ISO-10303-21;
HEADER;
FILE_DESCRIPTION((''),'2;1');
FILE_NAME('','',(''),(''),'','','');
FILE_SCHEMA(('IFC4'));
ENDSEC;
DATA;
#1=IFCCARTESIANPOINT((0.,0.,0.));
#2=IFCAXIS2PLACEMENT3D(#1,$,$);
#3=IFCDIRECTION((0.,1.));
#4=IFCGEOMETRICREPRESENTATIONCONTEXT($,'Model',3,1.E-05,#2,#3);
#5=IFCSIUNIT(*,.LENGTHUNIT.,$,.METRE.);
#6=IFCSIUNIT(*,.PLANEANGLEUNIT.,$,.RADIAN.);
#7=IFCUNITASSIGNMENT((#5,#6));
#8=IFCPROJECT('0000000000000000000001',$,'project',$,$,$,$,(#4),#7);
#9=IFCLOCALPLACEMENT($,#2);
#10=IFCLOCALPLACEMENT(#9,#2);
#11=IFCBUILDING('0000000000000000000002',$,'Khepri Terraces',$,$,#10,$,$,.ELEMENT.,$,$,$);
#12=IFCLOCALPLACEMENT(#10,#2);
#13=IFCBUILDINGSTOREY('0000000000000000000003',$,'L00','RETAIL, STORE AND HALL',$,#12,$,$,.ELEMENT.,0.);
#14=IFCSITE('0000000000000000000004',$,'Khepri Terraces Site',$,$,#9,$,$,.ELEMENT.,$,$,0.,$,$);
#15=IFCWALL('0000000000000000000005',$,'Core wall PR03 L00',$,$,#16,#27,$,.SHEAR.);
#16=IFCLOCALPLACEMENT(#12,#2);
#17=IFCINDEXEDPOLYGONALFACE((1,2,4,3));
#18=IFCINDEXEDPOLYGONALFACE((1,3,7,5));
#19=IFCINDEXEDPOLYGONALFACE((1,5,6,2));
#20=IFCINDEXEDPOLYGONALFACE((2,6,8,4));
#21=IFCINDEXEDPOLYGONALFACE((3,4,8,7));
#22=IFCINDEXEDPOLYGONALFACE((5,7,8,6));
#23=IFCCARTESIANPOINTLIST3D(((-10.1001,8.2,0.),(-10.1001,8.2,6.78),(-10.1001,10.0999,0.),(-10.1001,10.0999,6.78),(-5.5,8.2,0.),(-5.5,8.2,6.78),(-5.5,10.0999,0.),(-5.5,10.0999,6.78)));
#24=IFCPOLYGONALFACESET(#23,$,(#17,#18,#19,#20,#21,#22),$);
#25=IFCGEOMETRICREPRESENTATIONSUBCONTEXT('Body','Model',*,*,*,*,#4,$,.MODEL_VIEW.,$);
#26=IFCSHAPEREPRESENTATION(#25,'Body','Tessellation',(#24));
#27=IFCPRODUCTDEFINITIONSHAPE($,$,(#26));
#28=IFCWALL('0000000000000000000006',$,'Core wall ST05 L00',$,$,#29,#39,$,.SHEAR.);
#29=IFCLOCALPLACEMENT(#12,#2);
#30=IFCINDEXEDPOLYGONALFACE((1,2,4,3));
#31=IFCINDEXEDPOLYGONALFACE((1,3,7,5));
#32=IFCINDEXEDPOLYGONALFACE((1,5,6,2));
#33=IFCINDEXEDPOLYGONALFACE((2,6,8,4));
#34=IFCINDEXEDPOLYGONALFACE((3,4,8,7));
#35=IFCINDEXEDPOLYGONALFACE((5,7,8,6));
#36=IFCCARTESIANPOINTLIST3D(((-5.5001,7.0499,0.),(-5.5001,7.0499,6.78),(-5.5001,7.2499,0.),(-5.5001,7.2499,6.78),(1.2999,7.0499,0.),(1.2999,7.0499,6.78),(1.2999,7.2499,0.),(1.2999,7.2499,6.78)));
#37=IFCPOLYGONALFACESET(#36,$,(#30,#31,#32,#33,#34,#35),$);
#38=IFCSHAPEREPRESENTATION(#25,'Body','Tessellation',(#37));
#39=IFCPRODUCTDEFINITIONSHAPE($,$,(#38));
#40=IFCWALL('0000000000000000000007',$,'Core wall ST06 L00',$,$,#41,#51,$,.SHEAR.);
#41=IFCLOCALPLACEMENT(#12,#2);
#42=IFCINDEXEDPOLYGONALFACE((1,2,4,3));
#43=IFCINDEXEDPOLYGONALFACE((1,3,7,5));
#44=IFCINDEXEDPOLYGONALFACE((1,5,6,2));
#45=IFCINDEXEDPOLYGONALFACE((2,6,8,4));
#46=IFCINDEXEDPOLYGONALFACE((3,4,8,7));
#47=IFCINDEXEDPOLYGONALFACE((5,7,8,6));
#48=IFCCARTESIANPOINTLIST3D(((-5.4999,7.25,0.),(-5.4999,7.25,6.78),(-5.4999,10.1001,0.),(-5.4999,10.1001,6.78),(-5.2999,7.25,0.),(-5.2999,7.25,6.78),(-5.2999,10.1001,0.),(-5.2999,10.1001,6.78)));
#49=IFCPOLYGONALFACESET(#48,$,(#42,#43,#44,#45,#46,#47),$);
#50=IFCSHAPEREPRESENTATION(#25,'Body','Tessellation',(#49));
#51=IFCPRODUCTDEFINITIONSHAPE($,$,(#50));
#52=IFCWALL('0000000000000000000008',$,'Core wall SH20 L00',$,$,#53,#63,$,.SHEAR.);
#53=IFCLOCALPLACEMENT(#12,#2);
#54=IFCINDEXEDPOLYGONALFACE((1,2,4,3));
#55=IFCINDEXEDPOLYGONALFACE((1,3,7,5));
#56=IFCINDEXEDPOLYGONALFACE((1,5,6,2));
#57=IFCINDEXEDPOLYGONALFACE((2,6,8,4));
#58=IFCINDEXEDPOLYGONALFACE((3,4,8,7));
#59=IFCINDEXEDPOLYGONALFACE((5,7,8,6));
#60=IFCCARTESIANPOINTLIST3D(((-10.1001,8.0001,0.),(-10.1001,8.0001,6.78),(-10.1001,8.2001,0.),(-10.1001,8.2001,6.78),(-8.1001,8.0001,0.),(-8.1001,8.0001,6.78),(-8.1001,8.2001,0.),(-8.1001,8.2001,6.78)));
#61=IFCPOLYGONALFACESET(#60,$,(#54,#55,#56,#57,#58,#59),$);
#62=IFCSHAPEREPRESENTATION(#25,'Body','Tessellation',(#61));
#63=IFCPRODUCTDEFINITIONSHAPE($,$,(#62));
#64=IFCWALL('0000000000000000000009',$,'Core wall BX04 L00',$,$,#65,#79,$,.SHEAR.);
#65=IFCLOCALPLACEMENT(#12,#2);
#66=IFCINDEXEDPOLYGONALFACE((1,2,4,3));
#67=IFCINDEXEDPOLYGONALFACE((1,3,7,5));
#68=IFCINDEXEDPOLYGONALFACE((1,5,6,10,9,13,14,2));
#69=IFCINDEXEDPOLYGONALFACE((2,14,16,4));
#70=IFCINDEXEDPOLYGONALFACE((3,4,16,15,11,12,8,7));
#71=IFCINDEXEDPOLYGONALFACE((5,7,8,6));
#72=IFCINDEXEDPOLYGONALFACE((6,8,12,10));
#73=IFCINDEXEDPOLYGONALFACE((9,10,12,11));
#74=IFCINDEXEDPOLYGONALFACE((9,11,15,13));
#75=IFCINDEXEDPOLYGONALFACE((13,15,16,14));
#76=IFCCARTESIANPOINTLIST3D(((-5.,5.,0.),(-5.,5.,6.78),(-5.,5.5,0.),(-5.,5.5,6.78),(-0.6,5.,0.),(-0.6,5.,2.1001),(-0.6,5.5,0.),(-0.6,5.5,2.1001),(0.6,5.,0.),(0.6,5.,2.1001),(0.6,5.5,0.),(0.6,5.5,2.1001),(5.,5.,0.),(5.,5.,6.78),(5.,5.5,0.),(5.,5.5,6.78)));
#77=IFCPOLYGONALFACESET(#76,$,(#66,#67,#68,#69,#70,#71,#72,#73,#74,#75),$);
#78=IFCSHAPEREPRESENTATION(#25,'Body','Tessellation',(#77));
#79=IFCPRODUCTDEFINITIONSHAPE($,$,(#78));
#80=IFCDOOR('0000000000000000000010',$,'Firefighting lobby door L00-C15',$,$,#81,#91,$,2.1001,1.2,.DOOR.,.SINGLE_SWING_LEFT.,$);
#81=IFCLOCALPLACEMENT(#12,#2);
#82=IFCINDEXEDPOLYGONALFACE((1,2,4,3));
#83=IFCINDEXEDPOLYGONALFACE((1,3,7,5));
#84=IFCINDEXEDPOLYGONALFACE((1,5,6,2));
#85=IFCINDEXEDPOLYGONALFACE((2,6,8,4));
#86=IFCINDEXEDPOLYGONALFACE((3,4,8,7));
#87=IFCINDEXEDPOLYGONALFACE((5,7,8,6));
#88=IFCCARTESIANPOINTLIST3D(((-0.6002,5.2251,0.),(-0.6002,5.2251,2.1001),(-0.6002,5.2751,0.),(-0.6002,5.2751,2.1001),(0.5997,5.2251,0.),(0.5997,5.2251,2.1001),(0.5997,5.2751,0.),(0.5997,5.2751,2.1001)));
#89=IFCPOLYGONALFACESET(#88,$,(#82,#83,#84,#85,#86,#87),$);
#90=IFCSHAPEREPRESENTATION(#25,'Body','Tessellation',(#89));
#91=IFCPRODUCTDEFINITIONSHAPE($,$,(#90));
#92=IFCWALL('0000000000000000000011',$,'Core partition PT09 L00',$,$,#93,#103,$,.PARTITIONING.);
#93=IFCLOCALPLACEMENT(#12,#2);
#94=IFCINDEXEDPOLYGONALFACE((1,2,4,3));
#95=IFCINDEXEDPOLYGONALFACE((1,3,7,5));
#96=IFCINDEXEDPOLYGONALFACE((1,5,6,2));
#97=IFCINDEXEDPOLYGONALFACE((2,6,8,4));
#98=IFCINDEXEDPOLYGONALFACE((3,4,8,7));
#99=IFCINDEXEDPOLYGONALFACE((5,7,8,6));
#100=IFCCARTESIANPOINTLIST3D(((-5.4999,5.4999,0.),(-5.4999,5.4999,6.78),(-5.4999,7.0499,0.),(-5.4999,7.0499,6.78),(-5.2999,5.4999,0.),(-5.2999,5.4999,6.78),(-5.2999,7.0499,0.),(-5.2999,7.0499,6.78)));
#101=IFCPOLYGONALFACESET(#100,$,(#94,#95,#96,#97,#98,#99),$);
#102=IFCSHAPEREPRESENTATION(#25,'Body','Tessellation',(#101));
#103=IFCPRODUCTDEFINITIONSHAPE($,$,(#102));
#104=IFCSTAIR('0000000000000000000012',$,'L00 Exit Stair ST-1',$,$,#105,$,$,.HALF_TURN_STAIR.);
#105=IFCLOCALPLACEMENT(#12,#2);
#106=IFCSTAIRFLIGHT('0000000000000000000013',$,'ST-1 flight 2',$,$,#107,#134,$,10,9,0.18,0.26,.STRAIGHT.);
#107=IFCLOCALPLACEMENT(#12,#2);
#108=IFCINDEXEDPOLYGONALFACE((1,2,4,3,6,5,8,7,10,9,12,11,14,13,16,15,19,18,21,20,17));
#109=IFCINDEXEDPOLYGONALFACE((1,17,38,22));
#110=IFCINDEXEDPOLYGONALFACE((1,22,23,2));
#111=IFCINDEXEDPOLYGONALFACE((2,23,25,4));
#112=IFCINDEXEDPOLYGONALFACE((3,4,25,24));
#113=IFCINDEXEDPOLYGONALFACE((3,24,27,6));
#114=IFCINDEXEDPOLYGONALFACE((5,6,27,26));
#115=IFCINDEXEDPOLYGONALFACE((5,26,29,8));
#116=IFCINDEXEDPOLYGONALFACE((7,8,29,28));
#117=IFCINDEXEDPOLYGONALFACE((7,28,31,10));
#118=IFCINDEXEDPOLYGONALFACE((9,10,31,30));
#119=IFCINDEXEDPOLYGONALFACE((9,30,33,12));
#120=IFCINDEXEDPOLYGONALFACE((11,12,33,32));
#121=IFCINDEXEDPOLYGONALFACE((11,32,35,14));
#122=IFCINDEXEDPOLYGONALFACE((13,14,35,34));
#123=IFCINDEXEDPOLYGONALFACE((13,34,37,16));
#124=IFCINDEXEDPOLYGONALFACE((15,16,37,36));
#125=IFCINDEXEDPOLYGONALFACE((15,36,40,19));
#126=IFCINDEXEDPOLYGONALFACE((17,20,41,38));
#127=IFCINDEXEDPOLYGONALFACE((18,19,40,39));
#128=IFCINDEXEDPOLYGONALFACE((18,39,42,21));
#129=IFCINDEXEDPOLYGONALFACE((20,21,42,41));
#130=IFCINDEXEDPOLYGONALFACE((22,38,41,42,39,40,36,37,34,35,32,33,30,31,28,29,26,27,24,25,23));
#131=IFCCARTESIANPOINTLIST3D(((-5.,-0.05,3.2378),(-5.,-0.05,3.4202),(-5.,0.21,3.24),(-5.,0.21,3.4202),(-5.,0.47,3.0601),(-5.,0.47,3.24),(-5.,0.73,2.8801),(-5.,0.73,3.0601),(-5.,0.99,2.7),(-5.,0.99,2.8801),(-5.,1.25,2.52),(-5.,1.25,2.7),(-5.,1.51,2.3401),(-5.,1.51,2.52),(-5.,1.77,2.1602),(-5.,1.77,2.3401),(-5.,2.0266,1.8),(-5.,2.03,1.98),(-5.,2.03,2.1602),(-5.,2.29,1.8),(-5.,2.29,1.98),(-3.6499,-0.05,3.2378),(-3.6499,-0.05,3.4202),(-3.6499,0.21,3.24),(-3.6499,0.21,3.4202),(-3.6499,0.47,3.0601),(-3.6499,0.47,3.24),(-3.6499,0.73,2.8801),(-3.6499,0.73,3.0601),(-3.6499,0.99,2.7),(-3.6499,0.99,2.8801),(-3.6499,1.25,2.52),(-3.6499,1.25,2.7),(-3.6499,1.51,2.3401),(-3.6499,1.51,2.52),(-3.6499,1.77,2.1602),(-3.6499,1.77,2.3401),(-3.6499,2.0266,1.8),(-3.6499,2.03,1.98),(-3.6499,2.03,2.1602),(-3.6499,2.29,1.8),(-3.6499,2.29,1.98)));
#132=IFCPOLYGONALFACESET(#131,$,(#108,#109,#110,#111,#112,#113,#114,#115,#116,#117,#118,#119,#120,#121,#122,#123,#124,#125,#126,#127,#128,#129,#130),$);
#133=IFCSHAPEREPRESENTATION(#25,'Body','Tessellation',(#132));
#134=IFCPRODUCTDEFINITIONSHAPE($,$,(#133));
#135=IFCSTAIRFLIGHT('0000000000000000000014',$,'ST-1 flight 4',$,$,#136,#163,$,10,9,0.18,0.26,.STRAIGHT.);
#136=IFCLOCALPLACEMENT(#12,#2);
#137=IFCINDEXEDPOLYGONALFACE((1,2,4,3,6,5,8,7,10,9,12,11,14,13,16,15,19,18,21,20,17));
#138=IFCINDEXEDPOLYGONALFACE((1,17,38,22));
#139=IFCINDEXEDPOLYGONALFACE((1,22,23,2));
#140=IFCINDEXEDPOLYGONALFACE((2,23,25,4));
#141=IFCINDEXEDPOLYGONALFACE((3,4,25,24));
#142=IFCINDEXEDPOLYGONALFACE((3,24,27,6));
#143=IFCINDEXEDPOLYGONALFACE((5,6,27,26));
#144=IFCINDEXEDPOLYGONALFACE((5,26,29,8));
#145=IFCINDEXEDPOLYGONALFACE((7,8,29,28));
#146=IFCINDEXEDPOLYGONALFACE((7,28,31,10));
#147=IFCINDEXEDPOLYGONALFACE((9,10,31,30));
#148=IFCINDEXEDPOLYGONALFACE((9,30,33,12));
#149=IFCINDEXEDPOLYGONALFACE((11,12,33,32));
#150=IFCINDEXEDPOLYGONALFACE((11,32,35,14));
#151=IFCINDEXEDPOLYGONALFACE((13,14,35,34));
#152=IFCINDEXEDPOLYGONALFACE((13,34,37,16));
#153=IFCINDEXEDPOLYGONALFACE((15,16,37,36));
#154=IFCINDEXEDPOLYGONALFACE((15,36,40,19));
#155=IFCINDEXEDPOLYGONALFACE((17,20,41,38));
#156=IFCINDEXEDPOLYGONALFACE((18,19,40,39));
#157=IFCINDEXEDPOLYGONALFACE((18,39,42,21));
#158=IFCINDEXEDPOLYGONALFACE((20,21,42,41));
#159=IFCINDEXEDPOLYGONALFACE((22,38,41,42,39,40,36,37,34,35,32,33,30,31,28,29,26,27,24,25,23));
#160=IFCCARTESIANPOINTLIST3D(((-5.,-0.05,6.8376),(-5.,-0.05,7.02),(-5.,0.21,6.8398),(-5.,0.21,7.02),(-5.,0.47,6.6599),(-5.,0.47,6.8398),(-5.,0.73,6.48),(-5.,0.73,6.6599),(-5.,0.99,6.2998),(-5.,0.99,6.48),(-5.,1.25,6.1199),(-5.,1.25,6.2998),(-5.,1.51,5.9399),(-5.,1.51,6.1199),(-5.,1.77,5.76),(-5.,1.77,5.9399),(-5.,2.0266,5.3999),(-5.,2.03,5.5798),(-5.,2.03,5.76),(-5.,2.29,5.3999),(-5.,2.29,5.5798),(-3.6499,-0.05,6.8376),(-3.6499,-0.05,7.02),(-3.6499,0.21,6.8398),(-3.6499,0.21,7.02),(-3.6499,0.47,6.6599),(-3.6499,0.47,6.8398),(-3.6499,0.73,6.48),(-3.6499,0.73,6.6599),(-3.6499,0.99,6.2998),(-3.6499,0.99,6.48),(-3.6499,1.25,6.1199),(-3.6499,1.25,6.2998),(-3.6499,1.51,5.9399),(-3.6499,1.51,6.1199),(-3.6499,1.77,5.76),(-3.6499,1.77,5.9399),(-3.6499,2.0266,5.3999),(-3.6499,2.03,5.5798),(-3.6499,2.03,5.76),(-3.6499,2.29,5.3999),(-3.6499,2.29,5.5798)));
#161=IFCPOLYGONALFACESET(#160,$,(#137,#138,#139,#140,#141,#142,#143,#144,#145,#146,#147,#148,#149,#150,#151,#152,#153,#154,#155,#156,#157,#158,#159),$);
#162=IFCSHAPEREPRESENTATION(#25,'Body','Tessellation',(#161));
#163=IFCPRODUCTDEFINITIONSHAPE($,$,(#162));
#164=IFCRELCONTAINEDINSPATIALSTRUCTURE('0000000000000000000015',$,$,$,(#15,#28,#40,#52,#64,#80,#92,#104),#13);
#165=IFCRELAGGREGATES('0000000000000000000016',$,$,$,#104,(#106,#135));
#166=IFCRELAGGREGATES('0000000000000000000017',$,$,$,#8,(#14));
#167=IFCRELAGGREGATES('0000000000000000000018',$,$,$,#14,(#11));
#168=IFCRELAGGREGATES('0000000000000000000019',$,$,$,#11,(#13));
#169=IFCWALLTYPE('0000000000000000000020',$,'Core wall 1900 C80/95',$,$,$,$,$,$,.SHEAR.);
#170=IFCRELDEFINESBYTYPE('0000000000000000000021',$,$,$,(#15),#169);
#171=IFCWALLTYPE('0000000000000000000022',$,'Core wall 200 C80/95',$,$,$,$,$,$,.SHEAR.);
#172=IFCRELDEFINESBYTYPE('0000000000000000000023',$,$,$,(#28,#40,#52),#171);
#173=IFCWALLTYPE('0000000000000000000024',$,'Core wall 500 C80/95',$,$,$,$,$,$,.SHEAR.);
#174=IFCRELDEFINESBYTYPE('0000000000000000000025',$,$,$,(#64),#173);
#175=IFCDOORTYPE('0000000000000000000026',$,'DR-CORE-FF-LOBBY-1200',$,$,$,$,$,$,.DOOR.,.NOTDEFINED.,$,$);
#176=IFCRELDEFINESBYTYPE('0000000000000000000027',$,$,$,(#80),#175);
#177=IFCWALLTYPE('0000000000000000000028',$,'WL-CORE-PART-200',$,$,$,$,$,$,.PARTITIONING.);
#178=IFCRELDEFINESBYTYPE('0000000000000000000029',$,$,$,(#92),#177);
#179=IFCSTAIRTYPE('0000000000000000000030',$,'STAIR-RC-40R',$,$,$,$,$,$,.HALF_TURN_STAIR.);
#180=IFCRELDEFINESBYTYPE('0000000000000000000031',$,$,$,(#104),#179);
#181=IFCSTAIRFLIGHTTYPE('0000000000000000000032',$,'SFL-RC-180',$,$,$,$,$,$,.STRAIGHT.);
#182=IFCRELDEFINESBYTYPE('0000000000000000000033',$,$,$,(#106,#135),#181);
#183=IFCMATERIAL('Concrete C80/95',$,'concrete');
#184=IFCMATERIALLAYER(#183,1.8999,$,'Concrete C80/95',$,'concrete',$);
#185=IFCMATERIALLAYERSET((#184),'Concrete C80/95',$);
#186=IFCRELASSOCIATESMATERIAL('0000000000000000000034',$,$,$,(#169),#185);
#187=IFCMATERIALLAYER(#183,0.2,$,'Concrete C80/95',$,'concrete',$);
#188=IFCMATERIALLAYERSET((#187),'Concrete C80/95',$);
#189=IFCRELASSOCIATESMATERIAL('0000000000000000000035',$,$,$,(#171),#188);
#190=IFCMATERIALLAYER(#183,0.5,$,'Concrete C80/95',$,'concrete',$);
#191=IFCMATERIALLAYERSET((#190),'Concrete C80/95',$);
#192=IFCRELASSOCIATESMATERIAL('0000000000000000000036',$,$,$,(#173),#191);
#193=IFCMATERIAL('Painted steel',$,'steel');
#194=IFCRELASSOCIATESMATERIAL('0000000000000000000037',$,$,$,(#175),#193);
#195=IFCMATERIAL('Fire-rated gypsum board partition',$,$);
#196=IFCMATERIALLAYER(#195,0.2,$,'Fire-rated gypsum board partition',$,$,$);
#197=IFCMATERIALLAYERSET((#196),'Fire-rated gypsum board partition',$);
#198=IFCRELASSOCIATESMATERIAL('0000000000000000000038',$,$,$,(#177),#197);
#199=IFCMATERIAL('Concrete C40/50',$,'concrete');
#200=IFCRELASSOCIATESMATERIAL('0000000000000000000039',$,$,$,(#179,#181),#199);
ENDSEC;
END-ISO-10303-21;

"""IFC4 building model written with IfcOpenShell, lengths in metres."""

from ifc_helpers import new_model, si_unit, direction, frame, frame_2d, origin, place, context, subcontext, project, spatial, polyline, rectangle, outline, extrude, material, layer, layer_set, type_object, element, fill, aggregate, save


model = new_model("IFC4")

# Units and contexts
model_context = context("Model", 3, precision=1e-05, world=origin(), true_north=direction((0.0, 1.0)))
body_context = subcontext(model_context, "Body", "Model", "MODEL_VIEW")
ifc_project = project(units=[si_unit("LENGTHUNIT", "METRE"), si_unit("PLANEANGLEUNIT", "RADIAN")], contexts=[model_context])

# Site, building, storey
site_placement = place(None, origin())
site = spatial("IfcSite", under=ifc_project, at=site_placement, Name="Khepri Terraces Site", CompositionType="ELEMENT", RefElevation=0.0)
building_placement = place(site_placement, origin())
building = spatial("IfcBuilding", under=site, at=building_placement, Name="Khepri Terraces", CompositionType="ELEMENT")
storey_placement = place(building_placement, origin())
storey = spatial("IfcBuildingStorey", under=building, at=storey_placement, Name="L00", Description="RETAIL, STORE AND HALL", CompositionType="ELEMENT", Elevation=0.0)

# Walls
ifc_material_1 = material(Name="Concrete C80/95", Category="concrete")
ifc_layer_1 = layer(ifc_material_1, 1.8999, Name="Concrete C80/95", Category="concrete")
ifc_layer_set_1 = layer_set([ifc_layer_1], Name="Concrete C80/95")
wall_type_1 = type_object("IfcWallType", Name="Core wall 1900 C80/95", PredefinedType="SHEAR", material=ifc_layer_set_1)
wall_1_placement = place(storey_placement, frame((-10.1001, 9.1499, 0.0), z_axis=(0.0, 0.0, 1.0), x_axis=(1.0, 0.0, 0.0)))
element("IfcWall", 1, at=wall_1_placement, inside=storey, type_object=wall_type_1, Name="Core wall PR03 L00", PredefinedType="SHEAR", context=body_context, shape_type="SweptSolid", body=[
    extrude(rectangle(XDim=4.6001, YDim=1.8999, at=frame_2d((2.3, 0.0))), origin(), (0.0, 0.0, 1.0), 6.78),
])
ifc_layer_2 = layer(ifc_material_1, 0.2, Name="Concrete C80/95", Category="concrete")
ifc_layer_set_2 = layer_set([ifc_layer_2], Name="Concrete C80/95")
wall_type_2 = type_object("IfcWallType", Name="Core wall 200 C80/95", PredefinedType="SHEAR", material=ifc_layer_set_2)
wall_2_placement = place(storey_placement, frame((-5.5, 7.1499, 0.0), z_axis=(0.0, 0.0, 1.0), x_axis=(1.0, 0.0, 0.0)))
element("IfcWall", 2, at=wall_2_placement, inside=storey, type_object=wall_type_2, Name="Core wall ST05 L00", PredefinedType="SHEAR", context=body_context, shape_type="SweptSolid", body=[
    extrude(rectangle(XDim=6.8, YDim=0.2, at=frame_2d((3.3999, 0.0))), origin(), (0.0, 0.0, 1.0), 6.78),
])
wall_3_placement = place(storey_placement, frame((-5.3999, 7.25, 0.0), z_axis=(0.0, 0.0, 1.0), x_axis=(0.0, 1.0, 0.0)))
element("IfcWall", 3, at=wall_3_placement, inside=storey, type_object=wall_type_2, Name="Core wall ST06 L00", PredefinedType="SHEAR", context=body_context, shape_type="SweptSolid", body=[
    extrude(rectangle(XDim=2.8501, YDim=0.2, at=frame_2d((1.425, 0.0))), origin(), (0.0, 0.0, 1.0), 6.78),
])
wall_4_placement = place(storey_placement, frame((-10.1001, 8.1001, 0.0), z_axis=(0.0, 0.0, 1.0), x_axis=(1.0, 0.0, 0.0)))
element("IfcWall", 4, at=wall_4_placement, inside=storey, type_object=wall_type_2, Name="Core wall SH20 L00", PredefinedType="SHEAR", context=body_context, shape_type="SweptSolid", body=[
    extrude(rectangle(XDim=2.0, YDim=0.2, at=frame_2d((1.0, 0.0))), origin(), (0.0, 0.0, 1.0), 6.78),
])

# Wall, opening, door
ifc_layer_3 = layer(ifc_material_1, 0.5, Name="Concrete C80/95", Category="concrete")
ifc_layer_set_3 = layer_set([ifc_layer_3], Name="Concrete C80/95")
wall_type_3 = type_object("IfcWallType", Name="Core wall 500 C80/95", PredefinedType="SHEAR", material=ifc_layer_set_3)
wall_5_placement = place(storey_placement, frame((-5.0, 5.25, 0.0), z_axis=(0.0, 0.0, 1.0), x_axis=(1.0, 0.0, 0.0)))
wall_5 = element("IfcWall", 5, at=wall_5_placement, inside=storey, type_object=wall_type_3, Name="Core wall BX04 L00", PredefinedType="SHEAR", context=body_context, shape_type="SweptSolid", body=[
    extrude(rectangle(XDim=10.0, YDim=0.5, at=frame_2d((5.0, 0.0))), origin(), (0.0, 0.0, 1.0), 6.78),
])
opening_placement = place(wall_5_placement, frame((4.3999, 0.0, 0.0)))
opening = element("IfcOpeningElement", 6, at=opening_placement, cuts=wall_5, PredefinedType="OPENING", context=body_context, shape_type="SweptSolid", body=[
    extrude(rectangle(XDim=1.2, YDim=2.1001, at=frame_2d((0.6001, 1.05))), frame((0.0, 0.26, 0.0), z_axis=(0.0, -1.0, 0.0), x_axis=(1.0, 0.0, 0.0)), (0.0, 0.0, 1.0), 0.52),
])
ifc_material_2 = material(Name="Painted steel", Category="steel")
door_type = type_object("IfcDoorType", Name="DR-CORE-FF-LOBBY-1200", OperationType="NOTDEFINED", PredefinedType="DOOR", material=ifc_material_2)
door_placement = place(opening_placement, frame((1.2, 0.0, 0.0), z_axis=(0.0, 0.0, 1.0), x_axis=(-1.0, 0.0, 0.0)))
door = element("IfcDoor", 7, at=door_placement, inside=storey, type_object=door_type, Name="Firefighting lobby door L00-C15", OperationType="SINGLE_SWING_LEFT", OverallHeight=2.1001, OverallWidth=1.2, PredefinedType="DOOR", context=body_context, shape_type="SweptSolid", body=[
    extrude(rectangle(XDim=1.2, YDim=2.1001, at=frame_2d((0.6001, 1.05))), frame((0.0, 0.0249, 0.0), z_axis=(0.0, -1.0, 0.0), x_axis=(1.0, 0.0, 0.0)), (0.0, 0.0, 1.0), 0.05),
])
fill(opening, door)

# Wall
ifc_material_3 = material(Name="Fire-rated gypsum board partition")
ifc_layer_4 = layer(ifc_material_3, 0.2, Name="Fire-rated gypsum board partition")
ifc_layer_set_4 = layer_set([ifc_layer_4], Name="Fire-rated gypsum board partition")
wall_type_4 = type_object("IfcWallType", Name="WL-CORE-PART-200", PredefinedType="PARTITIONING", material=ifc_layer_set_4)
wall_6_placement = place(storey_placement, frame((-5.3999, 5.5, 0.0), z_axis=(0.0, 0.0, 1.0), x_axis=(0.0, 1.0, 0.0)))
element("IfcWall", 8, at=wall_6_placement, inside=storey, type_object=wall_type_4, Name="Core partition PT09 L00", PredefinedType="PARTITIONING", context=body_context, shape_type="SweptSolid", body=[
    extrude(rectangle(XDim=1.55, YDim=0.2, at=frame_2d((0.7749, 0.0))), origin(), (0.0, 0.0, 1.0), 6.78),
])

# Stair, stair flights
ifc_material_4 = material(Name="Concrete C40/50", Category="concrete")
stair_type = type_object("IfcStairType", Name="STAIR-RC-40R", PredefinedType="HALF_TURN_STAIR", material=ifc_material_4)
stair_1_placement = place(storey_placement, origin())
stair_1 = element("IfcStair", 9, at=stair_1_placement, inside=storey, type_object=stair_type, Name="L00 Exit Stair ST-1", PredefinedType="HALF_TURN_STAIR")
stair_flight_type = type_object("IfcStairFlightType", Name="SFL-RC-180", PredefinedType="STRAIGHT", material=ifc_material_4)
stair_flight_1_placement = place(storey_placement, frame((-4.325, 2.29, 1.8), z_axis=(0.0, 0.0, 1.0), x_axis=(0.0, -1.0, 0.0)))
stair_flight_1 = element("IfcStairFlight", 10, at=stair_flight_1_placement, type_object=stair_flight_type, Name="ST-1 flight 2", NumberOfRisers=10, NumberOfTreads=9, PredefinedType="STRAIGHT", RiserHeight=0.18, TreadLength=0.26, context=body_context, shape_type="SweptSolid", body=[
    extrude(outline(polyline([(0.0, 0.0), (0.0, 0.1799), (0.26, 0.1799), (0.26, 0.3601), (0.52, 0.3601), (0.52, 0.54), (0.78, 0.54), (0.78, 0.72), (1.04, 0.72), (1.04, 0.8999), (1.3, 0.8999), (1.3, 1.0801), (1.5601, 1.0801), (1.5601, 1.26), (1.8201, 1.26), (1.8201, 1.4399), (2.0801, 1.4399), (2.0801, 1.6201), (2.3401, 1.6201), (2.3401, 1.8), (2.3401, 1.4377), (0.2634, 0.0), (0.0, 0.0)])), frame((0.0, 0.675, 0.0), z_axis=(0.0, -1.0, 0.0), x_axis=(1.0, 0.0, 0.0)), (0.0, 0.0, 1.0), 1.3501),
])
stair_flight_2_placement = place(storey_placement, frame((-4.325, 2.29, 5.3999), z_axis=(0.0, 0.0, 1.0), x_axis=(0.0, -1.0, 0.0)))
stair_flight_2 = element("IfcStairFlight", 11, at=stair_flight_2_placement, type_object=stair_flight_type, Name="ST-1 flight 4", NumberOfRisers=10, NumberOfTreads=9, PredefinedType="STRAIGHT", RiserHeight=0.18, TreadLength=0.26, context=body_context, shape_type="SweptSolid", body=[
    extrude(outline(polyline([(0.0, 0.0), (0.0, 0.1799), (0.26, 0.1799), (0.26, 0.3601), (0.52, 0.3601), (0.52, 0.54), (0.78, 0.54), (0.78, 0.72), (1.04, 0.72), (1.04, 0.8999), (1.3, 0.8999), (1.3, 1.0801), (1.5601, 1.0801), (1.5601, 1.26), (1.8201, 1.26), (1.8201, 1.4399), (2.0801, 1.4399), (2.0801, 1.6201), (2.3401, 1.6201), (2.3401, 1.8), (2.3401, 1.4377), (0.2634, 0.0), (0.0, 0.0)])), frame((0.0, 0.675, 0.0), z_axis=(0.0, -1.0, 0.0), x_axis=(1.0, 0.0, 0.0)), (0.0, 0.0, 1.0), 1.3501),
])
aggregate(stair_1, [stair_flight_1, stair_flight_2])

save(model, "model.ifc")
